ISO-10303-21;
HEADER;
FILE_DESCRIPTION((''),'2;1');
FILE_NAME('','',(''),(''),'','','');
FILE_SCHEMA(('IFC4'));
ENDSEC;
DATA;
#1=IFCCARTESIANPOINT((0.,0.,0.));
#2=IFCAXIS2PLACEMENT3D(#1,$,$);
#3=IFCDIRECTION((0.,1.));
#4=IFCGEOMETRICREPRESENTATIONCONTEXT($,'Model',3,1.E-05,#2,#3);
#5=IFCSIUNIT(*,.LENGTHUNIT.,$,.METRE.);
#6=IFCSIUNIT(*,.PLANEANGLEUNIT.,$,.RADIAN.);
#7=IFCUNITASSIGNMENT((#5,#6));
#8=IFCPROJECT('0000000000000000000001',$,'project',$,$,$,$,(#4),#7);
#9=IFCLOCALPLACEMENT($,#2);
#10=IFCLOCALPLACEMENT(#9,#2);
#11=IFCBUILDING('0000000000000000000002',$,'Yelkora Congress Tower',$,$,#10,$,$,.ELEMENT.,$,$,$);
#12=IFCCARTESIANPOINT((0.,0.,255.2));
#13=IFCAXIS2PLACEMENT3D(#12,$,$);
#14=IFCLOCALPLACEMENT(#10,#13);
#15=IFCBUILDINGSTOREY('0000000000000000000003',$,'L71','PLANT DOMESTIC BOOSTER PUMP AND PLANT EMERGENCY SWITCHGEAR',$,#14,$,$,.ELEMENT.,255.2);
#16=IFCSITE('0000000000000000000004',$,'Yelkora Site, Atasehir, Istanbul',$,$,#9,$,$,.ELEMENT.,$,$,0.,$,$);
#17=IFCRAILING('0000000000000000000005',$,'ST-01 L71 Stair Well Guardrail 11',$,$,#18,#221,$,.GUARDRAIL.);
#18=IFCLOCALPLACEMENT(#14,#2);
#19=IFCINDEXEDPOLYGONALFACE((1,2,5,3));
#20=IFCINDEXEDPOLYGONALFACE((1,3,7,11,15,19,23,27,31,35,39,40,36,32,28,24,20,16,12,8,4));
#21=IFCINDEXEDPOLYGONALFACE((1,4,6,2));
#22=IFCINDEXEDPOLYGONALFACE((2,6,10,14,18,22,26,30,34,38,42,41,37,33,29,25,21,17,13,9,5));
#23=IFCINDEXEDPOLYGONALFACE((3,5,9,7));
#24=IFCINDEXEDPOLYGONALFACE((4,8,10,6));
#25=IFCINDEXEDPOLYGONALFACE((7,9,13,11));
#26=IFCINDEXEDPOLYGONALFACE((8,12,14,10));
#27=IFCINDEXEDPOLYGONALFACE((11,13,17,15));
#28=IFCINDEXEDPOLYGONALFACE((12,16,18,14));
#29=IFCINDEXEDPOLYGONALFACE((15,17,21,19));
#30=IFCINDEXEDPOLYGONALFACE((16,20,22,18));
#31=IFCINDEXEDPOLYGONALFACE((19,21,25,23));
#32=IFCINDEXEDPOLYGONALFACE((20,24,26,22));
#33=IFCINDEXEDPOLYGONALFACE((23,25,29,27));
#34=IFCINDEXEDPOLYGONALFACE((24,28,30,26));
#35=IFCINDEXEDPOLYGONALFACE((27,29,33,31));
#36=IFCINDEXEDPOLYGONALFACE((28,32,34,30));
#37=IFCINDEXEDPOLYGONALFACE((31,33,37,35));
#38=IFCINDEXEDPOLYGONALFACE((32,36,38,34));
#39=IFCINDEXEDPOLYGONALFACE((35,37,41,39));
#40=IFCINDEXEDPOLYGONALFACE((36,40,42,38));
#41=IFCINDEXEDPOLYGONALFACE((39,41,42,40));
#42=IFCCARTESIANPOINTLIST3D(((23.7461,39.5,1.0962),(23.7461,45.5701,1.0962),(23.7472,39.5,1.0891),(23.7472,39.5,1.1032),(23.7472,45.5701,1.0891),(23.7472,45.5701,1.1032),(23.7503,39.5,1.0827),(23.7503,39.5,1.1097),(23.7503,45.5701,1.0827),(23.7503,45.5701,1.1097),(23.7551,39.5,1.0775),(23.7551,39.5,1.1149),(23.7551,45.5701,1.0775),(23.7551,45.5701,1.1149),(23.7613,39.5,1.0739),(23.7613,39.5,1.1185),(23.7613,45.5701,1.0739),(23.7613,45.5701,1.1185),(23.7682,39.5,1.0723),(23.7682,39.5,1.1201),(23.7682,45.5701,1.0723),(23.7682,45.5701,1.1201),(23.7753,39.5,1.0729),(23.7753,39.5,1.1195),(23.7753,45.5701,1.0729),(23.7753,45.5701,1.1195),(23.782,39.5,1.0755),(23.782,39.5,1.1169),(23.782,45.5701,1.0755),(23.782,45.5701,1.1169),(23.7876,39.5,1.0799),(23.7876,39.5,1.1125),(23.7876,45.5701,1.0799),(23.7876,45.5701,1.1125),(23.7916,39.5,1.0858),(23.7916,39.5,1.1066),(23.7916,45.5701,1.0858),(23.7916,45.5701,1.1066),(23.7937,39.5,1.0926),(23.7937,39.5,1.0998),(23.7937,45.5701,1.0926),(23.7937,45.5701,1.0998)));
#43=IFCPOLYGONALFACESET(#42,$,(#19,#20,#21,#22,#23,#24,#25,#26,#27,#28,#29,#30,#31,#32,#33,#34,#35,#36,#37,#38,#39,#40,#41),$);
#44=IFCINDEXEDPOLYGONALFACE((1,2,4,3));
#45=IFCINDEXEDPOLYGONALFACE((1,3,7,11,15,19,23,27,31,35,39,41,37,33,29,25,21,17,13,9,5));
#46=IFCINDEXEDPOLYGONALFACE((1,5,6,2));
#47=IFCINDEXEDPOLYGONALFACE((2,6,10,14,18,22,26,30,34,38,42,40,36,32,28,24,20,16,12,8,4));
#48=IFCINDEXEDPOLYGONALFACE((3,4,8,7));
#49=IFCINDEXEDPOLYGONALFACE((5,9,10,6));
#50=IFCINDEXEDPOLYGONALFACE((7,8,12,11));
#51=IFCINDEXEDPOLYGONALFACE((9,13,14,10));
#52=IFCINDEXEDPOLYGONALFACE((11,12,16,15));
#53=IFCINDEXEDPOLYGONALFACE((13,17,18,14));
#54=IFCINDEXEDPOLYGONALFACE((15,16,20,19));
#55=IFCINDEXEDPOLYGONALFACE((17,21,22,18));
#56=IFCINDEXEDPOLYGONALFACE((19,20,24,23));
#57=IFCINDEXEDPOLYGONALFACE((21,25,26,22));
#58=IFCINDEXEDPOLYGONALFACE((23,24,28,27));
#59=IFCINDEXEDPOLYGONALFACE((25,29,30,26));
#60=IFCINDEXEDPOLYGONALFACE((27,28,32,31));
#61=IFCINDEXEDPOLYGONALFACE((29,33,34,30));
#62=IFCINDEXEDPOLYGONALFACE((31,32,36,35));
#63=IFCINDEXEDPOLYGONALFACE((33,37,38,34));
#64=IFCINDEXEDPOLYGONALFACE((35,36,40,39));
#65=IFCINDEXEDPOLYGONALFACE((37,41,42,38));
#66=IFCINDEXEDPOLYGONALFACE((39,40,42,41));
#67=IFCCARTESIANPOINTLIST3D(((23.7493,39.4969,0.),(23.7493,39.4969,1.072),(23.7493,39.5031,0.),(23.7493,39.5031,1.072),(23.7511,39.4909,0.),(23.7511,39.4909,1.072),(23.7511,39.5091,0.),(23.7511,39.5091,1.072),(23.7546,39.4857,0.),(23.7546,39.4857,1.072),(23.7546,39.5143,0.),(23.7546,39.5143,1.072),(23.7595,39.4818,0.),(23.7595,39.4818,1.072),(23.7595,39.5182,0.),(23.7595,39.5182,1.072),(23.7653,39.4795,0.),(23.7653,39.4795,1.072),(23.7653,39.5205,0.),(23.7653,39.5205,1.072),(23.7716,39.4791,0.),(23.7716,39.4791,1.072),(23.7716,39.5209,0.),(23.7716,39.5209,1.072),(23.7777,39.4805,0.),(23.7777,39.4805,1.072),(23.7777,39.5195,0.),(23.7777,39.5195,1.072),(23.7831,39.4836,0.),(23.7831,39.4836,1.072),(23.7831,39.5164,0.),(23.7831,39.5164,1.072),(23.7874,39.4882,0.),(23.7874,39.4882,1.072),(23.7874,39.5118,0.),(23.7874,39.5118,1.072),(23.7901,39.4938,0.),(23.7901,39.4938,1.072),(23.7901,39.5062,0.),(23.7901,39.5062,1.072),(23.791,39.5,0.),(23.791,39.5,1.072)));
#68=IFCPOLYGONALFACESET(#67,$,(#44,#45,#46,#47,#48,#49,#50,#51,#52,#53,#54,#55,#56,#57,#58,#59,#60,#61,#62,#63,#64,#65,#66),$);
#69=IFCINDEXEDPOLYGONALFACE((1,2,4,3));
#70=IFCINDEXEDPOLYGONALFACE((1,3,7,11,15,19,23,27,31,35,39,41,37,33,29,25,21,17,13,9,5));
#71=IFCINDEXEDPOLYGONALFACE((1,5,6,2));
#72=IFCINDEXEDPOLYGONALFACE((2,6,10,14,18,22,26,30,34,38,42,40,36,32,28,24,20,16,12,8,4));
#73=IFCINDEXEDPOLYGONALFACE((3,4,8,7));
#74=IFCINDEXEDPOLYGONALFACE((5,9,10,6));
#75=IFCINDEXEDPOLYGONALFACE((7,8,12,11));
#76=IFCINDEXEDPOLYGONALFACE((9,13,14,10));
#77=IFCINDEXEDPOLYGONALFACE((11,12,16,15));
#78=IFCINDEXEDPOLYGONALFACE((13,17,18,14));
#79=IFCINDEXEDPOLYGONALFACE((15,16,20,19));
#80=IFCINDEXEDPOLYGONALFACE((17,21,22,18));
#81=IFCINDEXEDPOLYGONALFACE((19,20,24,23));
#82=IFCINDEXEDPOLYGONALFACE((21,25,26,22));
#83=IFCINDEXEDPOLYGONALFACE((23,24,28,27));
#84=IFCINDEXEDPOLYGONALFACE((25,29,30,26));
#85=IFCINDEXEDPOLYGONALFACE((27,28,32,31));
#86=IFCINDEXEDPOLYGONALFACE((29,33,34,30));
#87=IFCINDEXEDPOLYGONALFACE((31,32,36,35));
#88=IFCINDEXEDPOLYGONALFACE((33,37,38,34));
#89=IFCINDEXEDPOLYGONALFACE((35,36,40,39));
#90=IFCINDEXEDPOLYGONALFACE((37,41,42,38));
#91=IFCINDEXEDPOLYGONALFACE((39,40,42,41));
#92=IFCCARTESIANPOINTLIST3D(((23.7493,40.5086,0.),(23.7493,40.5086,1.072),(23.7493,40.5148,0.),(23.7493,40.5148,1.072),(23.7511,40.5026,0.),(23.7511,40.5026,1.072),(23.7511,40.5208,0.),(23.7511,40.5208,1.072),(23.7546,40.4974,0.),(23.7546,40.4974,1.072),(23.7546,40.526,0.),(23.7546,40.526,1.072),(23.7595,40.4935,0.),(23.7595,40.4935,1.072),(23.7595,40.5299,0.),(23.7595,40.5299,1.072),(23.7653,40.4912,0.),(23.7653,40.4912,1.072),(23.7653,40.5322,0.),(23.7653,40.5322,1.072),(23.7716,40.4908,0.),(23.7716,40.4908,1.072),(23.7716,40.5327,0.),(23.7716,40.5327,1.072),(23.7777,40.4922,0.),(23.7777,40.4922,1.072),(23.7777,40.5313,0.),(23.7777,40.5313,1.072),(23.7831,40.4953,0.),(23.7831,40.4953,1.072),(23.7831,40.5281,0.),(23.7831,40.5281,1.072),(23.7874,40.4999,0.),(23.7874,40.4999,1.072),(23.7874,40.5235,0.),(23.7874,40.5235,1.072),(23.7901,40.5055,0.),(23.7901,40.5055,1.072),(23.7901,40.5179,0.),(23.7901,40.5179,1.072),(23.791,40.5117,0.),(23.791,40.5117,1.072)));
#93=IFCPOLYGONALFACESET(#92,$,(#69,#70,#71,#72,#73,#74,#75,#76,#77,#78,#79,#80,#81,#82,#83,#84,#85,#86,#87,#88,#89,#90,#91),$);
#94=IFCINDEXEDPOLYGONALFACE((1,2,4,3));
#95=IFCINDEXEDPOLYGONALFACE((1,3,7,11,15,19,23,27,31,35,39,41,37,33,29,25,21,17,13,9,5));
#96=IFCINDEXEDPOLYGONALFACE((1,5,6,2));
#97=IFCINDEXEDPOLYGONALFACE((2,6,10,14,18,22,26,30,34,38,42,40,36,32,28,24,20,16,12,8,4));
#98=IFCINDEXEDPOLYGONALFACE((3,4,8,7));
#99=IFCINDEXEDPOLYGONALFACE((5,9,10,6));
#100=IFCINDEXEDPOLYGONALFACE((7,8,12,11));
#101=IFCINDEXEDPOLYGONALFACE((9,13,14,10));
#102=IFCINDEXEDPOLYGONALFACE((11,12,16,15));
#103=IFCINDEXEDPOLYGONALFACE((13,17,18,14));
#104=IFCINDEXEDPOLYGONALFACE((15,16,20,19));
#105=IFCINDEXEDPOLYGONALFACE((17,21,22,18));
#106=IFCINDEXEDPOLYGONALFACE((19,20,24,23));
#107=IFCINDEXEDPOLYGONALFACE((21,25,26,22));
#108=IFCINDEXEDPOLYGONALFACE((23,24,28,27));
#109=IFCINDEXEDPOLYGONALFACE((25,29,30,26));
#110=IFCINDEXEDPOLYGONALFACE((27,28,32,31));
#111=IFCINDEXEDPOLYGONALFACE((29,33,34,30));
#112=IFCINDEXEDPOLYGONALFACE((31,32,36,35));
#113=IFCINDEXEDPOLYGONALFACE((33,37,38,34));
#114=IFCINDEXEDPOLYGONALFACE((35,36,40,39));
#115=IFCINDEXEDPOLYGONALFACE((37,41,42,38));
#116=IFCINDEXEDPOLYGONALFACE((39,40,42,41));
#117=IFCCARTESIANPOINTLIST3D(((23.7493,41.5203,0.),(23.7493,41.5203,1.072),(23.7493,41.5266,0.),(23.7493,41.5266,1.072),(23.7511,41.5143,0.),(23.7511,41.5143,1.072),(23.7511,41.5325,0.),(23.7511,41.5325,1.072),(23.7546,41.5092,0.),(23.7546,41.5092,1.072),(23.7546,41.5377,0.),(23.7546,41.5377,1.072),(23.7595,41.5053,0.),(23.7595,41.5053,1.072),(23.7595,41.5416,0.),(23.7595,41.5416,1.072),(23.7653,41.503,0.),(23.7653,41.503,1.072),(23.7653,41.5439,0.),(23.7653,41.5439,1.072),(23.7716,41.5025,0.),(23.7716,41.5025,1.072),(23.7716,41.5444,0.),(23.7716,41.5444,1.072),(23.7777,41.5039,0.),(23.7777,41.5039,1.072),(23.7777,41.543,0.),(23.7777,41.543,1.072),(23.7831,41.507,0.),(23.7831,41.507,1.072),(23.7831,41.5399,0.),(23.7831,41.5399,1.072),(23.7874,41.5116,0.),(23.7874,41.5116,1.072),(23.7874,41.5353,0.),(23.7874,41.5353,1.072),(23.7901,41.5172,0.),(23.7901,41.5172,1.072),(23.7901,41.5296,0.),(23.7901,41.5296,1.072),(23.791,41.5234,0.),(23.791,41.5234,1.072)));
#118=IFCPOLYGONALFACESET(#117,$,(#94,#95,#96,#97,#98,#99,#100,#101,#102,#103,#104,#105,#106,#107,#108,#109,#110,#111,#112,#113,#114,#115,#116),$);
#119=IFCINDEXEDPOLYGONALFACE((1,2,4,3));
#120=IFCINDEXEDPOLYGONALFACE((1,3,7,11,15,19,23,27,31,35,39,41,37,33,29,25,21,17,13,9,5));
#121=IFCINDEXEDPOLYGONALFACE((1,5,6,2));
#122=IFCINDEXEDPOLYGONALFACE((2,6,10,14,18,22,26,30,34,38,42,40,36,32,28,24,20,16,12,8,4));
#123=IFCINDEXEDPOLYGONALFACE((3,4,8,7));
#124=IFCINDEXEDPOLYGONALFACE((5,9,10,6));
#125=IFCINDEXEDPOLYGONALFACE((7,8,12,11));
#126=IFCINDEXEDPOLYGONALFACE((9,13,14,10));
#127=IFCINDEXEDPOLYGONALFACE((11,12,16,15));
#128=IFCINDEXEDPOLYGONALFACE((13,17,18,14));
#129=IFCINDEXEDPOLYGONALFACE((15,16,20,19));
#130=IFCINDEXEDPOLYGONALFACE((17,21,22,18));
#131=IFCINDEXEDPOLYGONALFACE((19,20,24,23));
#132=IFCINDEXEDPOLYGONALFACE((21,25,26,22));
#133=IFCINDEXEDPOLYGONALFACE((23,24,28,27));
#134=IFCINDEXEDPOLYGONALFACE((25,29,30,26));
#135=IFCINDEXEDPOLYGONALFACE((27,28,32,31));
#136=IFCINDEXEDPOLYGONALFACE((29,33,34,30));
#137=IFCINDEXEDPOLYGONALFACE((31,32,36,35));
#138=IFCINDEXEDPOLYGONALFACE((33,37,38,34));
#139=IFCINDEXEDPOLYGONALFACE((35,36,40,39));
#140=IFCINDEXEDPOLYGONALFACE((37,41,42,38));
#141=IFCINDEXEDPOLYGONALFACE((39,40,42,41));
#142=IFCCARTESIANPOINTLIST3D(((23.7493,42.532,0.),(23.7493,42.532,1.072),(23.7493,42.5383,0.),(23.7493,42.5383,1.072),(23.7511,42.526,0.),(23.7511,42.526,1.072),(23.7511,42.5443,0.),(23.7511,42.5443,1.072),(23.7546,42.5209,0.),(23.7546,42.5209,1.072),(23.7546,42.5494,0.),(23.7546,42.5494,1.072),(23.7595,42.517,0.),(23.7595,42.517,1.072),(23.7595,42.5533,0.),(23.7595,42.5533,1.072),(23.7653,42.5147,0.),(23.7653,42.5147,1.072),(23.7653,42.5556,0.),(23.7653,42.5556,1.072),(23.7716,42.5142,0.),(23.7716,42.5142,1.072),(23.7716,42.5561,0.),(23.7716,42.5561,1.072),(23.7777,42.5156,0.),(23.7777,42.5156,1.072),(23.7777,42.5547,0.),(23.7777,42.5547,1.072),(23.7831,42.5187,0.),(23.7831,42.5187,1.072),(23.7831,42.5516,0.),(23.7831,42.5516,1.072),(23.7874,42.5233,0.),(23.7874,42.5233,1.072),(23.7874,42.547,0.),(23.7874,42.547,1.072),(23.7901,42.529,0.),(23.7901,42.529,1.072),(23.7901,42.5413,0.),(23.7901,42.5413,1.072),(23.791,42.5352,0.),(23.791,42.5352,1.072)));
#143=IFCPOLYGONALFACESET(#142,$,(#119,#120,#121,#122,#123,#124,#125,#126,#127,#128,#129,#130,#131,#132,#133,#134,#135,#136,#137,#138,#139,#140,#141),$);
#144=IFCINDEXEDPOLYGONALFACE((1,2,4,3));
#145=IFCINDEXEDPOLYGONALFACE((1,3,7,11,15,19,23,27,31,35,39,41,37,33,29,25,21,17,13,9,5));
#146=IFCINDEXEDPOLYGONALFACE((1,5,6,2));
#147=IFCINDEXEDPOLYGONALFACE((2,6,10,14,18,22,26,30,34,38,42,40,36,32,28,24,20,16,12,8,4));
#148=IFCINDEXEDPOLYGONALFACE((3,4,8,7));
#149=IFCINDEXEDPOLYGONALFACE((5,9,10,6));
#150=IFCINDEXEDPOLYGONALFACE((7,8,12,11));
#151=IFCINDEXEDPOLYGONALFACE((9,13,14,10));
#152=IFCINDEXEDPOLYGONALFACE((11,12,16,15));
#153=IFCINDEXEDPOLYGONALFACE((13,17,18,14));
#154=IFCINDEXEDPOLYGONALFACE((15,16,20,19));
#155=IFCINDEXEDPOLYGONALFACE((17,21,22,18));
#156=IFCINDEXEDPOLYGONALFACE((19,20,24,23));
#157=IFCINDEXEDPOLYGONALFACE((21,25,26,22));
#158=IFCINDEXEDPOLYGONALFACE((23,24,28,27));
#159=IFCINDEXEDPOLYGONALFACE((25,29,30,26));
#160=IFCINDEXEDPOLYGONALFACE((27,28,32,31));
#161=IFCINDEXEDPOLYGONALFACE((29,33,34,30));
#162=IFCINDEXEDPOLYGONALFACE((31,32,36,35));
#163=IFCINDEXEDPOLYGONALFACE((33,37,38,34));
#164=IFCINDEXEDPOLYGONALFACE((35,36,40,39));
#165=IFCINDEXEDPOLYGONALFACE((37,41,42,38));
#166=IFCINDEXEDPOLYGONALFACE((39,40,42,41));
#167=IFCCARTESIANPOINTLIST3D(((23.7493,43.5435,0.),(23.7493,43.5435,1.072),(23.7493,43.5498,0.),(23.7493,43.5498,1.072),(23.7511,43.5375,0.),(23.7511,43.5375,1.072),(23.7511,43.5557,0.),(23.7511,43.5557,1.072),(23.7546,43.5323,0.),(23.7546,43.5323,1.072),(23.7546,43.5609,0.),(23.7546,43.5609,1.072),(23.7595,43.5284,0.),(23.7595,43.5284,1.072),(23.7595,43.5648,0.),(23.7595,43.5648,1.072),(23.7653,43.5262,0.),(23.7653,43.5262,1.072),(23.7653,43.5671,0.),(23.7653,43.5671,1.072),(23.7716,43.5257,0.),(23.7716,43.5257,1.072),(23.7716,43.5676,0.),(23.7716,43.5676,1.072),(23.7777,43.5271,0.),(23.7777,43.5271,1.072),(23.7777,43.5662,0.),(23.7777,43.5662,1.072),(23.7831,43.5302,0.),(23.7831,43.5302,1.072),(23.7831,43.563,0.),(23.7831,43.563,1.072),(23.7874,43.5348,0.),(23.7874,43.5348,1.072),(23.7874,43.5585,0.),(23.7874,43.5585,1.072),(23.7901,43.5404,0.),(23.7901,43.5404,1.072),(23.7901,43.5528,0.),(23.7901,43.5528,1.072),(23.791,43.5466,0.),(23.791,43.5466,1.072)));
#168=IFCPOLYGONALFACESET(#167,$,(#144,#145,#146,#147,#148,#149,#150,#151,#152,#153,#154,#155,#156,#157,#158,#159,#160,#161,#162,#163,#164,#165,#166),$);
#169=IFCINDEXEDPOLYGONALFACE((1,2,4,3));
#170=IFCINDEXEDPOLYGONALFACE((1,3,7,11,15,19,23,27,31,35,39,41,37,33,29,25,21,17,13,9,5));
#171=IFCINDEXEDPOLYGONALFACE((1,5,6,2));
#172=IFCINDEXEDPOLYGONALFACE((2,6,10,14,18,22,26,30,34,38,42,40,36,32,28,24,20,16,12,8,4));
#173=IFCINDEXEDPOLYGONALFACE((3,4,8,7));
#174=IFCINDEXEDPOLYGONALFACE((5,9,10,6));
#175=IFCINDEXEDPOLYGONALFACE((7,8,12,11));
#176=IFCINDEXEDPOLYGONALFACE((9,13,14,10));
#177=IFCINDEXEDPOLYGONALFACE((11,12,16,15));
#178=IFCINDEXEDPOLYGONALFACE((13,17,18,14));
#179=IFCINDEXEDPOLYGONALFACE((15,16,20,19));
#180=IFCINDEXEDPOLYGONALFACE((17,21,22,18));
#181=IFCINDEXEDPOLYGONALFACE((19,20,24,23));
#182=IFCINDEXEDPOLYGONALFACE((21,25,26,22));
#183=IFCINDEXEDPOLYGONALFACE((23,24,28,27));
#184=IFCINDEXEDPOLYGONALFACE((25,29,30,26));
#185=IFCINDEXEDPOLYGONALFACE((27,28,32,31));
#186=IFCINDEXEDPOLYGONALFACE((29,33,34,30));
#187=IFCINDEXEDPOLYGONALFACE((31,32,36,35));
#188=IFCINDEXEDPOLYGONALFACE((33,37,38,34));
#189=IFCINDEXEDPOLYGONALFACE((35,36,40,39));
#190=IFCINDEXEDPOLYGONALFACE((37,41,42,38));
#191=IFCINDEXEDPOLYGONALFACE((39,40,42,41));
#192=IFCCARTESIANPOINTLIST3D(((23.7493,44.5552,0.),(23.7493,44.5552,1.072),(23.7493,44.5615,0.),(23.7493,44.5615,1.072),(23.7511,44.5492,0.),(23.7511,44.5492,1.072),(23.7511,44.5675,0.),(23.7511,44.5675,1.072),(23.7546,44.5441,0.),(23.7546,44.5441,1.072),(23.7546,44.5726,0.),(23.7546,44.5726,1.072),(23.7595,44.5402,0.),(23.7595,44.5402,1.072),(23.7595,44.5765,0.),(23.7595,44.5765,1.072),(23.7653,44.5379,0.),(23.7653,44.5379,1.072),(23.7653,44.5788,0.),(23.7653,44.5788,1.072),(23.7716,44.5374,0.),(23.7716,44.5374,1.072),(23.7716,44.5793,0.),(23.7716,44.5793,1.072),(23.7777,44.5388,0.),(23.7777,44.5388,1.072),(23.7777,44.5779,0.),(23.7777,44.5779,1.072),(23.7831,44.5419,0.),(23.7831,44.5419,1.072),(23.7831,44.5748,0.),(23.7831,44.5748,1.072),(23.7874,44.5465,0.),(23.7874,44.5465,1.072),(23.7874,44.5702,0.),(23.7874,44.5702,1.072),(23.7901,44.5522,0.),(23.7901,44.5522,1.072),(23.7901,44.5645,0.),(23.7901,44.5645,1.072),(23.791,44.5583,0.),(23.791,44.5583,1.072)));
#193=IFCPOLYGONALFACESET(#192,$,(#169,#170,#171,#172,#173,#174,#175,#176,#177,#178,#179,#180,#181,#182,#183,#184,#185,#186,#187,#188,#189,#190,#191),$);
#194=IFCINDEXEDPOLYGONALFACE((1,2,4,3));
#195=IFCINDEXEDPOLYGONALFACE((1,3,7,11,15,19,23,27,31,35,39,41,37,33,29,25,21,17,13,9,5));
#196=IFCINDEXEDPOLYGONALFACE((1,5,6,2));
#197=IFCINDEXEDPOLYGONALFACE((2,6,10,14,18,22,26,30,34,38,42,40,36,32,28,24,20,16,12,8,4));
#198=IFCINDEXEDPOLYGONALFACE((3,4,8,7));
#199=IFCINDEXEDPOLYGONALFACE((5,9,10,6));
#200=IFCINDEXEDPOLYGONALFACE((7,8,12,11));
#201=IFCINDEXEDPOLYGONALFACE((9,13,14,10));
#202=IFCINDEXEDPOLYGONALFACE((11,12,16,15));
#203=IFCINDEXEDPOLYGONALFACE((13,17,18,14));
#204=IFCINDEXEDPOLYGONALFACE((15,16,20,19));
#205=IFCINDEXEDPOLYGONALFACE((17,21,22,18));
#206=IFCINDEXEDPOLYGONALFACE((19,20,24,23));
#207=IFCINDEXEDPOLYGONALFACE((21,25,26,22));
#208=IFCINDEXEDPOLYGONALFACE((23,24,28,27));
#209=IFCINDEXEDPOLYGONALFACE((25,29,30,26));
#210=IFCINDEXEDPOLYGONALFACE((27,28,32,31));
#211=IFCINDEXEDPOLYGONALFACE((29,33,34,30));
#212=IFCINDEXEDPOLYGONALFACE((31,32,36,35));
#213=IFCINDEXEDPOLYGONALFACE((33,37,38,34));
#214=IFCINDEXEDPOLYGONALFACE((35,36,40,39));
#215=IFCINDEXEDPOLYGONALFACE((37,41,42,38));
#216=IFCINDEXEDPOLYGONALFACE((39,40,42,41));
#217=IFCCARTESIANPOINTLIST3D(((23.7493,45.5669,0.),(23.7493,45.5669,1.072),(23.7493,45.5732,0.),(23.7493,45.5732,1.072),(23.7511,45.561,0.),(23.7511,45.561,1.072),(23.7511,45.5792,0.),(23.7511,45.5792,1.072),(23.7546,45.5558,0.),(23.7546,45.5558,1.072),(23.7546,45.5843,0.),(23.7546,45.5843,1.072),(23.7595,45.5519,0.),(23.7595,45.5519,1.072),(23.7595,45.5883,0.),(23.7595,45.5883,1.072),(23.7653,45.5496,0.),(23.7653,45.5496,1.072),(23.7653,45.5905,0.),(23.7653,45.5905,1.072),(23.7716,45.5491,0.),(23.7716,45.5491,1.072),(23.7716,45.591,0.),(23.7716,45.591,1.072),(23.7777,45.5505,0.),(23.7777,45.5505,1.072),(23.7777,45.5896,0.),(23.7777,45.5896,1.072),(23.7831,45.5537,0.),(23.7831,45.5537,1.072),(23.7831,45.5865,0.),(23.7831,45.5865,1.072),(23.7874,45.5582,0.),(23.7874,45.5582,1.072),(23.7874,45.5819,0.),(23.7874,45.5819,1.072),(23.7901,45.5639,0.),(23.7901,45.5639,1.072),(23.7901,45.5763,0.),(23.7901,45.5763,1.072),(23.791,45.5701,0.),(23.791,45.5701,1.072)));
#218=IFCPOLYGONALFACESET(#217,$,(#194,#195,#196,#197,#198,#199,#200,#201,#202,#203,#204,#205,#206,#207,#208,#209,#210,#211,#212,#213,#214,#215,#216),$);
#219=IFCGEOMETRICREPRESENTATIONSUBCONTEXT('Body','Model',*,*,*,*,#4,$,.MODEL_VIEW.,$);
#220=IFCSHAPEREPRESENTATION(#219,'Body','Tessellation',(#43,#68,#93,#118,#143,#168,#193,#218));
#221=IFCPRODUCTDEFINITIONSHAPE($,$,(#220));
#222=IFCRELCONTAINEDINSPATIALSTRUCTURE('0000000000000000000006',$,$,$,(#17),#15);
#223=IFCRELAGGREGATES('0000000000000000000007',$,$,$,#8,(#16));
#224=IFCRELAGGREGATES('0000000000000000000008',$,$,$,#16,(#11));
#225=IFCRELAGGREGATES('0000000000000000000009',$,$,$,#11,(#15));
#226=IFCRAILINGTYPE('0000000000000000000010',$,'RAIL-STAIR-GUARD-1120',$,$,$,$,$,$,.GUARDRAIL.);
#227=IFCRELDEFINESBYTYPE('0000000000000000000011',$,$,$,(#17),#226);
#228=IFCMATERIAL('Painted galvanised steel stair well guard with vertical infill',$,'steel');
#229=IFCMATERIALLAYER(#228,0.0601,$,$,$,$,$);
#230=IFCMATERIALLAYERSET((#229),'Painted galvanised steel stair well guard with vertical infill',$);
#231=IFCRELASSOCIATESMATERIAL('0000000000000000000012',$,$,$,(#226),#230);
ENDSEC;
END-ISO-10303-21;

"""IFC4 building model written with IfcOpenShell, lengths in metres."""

from ifc_helpers import new_model, si_unit, direction, frame, origin, origin_2d, place, context, subcontext, project, spatial, circle, extrude, material, layer, layer_set, type_object, element, save


model = new_model("IFC4")

# Units and contexts
model_context = context("Model", 3, precision=1e-05, world=origin(), true_north=direction((0.0, 1.0)))
body_context = subcontext(model_context, "Body", "Model", "MODEL_VIEW")
ifc_project = project(units=[si_unit("LENGTHUNIT", "METRE"), si_unit("PLANEANGLEUNIT", "RADIAN")], contexts=[model_context])

# Site, building, storey
site_placement = place(None, origin())
site = spatial("IfcSite", under=ifc_project, at=site_placement, Name="Yelkora Site, Atasehir, Istanbul", CompositionType="ELEMENT", RefElevation=0.0)
building_placement = place(site_placement, origin())
building = spatial("IfcBuilding", under=site, at=building_placement, Name="Yelkora Congress Tower", CompositionType="ELEMENT")
storey_placement = place(building_placement, frame((0.0, 0.0, 255.2)))
storey = spatial("IfcBuildingStorey", under=building, at=storey_placement, Name="L71", Description="PLANT DOMESTIC BOOSTER PUMP AND PLANT EMERGENCY SWITCHGEAR", CompositionType="ELEMENT", Elevation=255.2)

# Railing
ifc_material_1 = material(Name="Painted galvanised steel stair well guard with vertical infill", Category="steel")
ifc_layer_1 = layer(ifc_material_1, 0.0601)
ifc_layer_set_1 = layer_set([ifc_layer_1], Name="Painted galvanised steel stair well guard with vertical infill")
railing_type_1 = type_object("IfcRailingType", Name="RAIL-STAIR-GUARD-1120", PredefinedType="GUARDRAIL", material=ifc_layer_set_1)
railing_1_placement = place(storey_placement, frame((23.77, 39.5, 0.0)))
element("IfcRailing", 1, at=railing_1_placement, inside=storey, type_object=railing_type_1, Name="ST-01 L71 Stair Well Guardrail 11", PredefinedType="GUARDRAIL", context=body_context, shape_type="SweptSolid", body=[
    extrude(circle(Radius=0.0239, at=origin_2d()), frame((0.0, 0.0, 1.0962), z_axis=(0.0, 1.0, 0.0), x_axis=(-1.0, 0.0, 0.0)), (0.0, 0.0, 1.0), 6.0701),
    extrude(circle(Radius=0.021, at=origin_2d()), origin(), (0.0, 0.0, 1.0), 1.072),
    extrude(circle(Radius=0.021, at=origin_2d()), frame((0.0, 1.0117, 0.0)), (0.0, 0.0, 1.0), 1.072),
    extrude(circle(Radius=0.021, at=origin_2d()), frame((0.0, 2.0234, 0.0)), (0.0, 0.0, 1.0), 1.072),
    extrude(circle(Radius=0.021, at=origin_2d()), frame((0.0, 3.0352, 0.0)), (0.0, 0.0, 1.0), 1.072),
    extrude(circle(Radius=0.021, at=origin_2d()), frame((0.0, 4.0466, 0.0)), (0.0, 0.0, 1.0), 1.072),
    extrude(circle(Radius=0.021, at=origin_2d()), frame((0.0, 5.0583, 0.0)), (0.0, 0.0, 1.0), 1.072),
    extrude(circle(Radius=0.021, at=origin_2d()), frame((0.0, 6.0701, 0.0)), (0.0, 0.0, 1.0), 1.072),
])

save(model, "model.ifc")
